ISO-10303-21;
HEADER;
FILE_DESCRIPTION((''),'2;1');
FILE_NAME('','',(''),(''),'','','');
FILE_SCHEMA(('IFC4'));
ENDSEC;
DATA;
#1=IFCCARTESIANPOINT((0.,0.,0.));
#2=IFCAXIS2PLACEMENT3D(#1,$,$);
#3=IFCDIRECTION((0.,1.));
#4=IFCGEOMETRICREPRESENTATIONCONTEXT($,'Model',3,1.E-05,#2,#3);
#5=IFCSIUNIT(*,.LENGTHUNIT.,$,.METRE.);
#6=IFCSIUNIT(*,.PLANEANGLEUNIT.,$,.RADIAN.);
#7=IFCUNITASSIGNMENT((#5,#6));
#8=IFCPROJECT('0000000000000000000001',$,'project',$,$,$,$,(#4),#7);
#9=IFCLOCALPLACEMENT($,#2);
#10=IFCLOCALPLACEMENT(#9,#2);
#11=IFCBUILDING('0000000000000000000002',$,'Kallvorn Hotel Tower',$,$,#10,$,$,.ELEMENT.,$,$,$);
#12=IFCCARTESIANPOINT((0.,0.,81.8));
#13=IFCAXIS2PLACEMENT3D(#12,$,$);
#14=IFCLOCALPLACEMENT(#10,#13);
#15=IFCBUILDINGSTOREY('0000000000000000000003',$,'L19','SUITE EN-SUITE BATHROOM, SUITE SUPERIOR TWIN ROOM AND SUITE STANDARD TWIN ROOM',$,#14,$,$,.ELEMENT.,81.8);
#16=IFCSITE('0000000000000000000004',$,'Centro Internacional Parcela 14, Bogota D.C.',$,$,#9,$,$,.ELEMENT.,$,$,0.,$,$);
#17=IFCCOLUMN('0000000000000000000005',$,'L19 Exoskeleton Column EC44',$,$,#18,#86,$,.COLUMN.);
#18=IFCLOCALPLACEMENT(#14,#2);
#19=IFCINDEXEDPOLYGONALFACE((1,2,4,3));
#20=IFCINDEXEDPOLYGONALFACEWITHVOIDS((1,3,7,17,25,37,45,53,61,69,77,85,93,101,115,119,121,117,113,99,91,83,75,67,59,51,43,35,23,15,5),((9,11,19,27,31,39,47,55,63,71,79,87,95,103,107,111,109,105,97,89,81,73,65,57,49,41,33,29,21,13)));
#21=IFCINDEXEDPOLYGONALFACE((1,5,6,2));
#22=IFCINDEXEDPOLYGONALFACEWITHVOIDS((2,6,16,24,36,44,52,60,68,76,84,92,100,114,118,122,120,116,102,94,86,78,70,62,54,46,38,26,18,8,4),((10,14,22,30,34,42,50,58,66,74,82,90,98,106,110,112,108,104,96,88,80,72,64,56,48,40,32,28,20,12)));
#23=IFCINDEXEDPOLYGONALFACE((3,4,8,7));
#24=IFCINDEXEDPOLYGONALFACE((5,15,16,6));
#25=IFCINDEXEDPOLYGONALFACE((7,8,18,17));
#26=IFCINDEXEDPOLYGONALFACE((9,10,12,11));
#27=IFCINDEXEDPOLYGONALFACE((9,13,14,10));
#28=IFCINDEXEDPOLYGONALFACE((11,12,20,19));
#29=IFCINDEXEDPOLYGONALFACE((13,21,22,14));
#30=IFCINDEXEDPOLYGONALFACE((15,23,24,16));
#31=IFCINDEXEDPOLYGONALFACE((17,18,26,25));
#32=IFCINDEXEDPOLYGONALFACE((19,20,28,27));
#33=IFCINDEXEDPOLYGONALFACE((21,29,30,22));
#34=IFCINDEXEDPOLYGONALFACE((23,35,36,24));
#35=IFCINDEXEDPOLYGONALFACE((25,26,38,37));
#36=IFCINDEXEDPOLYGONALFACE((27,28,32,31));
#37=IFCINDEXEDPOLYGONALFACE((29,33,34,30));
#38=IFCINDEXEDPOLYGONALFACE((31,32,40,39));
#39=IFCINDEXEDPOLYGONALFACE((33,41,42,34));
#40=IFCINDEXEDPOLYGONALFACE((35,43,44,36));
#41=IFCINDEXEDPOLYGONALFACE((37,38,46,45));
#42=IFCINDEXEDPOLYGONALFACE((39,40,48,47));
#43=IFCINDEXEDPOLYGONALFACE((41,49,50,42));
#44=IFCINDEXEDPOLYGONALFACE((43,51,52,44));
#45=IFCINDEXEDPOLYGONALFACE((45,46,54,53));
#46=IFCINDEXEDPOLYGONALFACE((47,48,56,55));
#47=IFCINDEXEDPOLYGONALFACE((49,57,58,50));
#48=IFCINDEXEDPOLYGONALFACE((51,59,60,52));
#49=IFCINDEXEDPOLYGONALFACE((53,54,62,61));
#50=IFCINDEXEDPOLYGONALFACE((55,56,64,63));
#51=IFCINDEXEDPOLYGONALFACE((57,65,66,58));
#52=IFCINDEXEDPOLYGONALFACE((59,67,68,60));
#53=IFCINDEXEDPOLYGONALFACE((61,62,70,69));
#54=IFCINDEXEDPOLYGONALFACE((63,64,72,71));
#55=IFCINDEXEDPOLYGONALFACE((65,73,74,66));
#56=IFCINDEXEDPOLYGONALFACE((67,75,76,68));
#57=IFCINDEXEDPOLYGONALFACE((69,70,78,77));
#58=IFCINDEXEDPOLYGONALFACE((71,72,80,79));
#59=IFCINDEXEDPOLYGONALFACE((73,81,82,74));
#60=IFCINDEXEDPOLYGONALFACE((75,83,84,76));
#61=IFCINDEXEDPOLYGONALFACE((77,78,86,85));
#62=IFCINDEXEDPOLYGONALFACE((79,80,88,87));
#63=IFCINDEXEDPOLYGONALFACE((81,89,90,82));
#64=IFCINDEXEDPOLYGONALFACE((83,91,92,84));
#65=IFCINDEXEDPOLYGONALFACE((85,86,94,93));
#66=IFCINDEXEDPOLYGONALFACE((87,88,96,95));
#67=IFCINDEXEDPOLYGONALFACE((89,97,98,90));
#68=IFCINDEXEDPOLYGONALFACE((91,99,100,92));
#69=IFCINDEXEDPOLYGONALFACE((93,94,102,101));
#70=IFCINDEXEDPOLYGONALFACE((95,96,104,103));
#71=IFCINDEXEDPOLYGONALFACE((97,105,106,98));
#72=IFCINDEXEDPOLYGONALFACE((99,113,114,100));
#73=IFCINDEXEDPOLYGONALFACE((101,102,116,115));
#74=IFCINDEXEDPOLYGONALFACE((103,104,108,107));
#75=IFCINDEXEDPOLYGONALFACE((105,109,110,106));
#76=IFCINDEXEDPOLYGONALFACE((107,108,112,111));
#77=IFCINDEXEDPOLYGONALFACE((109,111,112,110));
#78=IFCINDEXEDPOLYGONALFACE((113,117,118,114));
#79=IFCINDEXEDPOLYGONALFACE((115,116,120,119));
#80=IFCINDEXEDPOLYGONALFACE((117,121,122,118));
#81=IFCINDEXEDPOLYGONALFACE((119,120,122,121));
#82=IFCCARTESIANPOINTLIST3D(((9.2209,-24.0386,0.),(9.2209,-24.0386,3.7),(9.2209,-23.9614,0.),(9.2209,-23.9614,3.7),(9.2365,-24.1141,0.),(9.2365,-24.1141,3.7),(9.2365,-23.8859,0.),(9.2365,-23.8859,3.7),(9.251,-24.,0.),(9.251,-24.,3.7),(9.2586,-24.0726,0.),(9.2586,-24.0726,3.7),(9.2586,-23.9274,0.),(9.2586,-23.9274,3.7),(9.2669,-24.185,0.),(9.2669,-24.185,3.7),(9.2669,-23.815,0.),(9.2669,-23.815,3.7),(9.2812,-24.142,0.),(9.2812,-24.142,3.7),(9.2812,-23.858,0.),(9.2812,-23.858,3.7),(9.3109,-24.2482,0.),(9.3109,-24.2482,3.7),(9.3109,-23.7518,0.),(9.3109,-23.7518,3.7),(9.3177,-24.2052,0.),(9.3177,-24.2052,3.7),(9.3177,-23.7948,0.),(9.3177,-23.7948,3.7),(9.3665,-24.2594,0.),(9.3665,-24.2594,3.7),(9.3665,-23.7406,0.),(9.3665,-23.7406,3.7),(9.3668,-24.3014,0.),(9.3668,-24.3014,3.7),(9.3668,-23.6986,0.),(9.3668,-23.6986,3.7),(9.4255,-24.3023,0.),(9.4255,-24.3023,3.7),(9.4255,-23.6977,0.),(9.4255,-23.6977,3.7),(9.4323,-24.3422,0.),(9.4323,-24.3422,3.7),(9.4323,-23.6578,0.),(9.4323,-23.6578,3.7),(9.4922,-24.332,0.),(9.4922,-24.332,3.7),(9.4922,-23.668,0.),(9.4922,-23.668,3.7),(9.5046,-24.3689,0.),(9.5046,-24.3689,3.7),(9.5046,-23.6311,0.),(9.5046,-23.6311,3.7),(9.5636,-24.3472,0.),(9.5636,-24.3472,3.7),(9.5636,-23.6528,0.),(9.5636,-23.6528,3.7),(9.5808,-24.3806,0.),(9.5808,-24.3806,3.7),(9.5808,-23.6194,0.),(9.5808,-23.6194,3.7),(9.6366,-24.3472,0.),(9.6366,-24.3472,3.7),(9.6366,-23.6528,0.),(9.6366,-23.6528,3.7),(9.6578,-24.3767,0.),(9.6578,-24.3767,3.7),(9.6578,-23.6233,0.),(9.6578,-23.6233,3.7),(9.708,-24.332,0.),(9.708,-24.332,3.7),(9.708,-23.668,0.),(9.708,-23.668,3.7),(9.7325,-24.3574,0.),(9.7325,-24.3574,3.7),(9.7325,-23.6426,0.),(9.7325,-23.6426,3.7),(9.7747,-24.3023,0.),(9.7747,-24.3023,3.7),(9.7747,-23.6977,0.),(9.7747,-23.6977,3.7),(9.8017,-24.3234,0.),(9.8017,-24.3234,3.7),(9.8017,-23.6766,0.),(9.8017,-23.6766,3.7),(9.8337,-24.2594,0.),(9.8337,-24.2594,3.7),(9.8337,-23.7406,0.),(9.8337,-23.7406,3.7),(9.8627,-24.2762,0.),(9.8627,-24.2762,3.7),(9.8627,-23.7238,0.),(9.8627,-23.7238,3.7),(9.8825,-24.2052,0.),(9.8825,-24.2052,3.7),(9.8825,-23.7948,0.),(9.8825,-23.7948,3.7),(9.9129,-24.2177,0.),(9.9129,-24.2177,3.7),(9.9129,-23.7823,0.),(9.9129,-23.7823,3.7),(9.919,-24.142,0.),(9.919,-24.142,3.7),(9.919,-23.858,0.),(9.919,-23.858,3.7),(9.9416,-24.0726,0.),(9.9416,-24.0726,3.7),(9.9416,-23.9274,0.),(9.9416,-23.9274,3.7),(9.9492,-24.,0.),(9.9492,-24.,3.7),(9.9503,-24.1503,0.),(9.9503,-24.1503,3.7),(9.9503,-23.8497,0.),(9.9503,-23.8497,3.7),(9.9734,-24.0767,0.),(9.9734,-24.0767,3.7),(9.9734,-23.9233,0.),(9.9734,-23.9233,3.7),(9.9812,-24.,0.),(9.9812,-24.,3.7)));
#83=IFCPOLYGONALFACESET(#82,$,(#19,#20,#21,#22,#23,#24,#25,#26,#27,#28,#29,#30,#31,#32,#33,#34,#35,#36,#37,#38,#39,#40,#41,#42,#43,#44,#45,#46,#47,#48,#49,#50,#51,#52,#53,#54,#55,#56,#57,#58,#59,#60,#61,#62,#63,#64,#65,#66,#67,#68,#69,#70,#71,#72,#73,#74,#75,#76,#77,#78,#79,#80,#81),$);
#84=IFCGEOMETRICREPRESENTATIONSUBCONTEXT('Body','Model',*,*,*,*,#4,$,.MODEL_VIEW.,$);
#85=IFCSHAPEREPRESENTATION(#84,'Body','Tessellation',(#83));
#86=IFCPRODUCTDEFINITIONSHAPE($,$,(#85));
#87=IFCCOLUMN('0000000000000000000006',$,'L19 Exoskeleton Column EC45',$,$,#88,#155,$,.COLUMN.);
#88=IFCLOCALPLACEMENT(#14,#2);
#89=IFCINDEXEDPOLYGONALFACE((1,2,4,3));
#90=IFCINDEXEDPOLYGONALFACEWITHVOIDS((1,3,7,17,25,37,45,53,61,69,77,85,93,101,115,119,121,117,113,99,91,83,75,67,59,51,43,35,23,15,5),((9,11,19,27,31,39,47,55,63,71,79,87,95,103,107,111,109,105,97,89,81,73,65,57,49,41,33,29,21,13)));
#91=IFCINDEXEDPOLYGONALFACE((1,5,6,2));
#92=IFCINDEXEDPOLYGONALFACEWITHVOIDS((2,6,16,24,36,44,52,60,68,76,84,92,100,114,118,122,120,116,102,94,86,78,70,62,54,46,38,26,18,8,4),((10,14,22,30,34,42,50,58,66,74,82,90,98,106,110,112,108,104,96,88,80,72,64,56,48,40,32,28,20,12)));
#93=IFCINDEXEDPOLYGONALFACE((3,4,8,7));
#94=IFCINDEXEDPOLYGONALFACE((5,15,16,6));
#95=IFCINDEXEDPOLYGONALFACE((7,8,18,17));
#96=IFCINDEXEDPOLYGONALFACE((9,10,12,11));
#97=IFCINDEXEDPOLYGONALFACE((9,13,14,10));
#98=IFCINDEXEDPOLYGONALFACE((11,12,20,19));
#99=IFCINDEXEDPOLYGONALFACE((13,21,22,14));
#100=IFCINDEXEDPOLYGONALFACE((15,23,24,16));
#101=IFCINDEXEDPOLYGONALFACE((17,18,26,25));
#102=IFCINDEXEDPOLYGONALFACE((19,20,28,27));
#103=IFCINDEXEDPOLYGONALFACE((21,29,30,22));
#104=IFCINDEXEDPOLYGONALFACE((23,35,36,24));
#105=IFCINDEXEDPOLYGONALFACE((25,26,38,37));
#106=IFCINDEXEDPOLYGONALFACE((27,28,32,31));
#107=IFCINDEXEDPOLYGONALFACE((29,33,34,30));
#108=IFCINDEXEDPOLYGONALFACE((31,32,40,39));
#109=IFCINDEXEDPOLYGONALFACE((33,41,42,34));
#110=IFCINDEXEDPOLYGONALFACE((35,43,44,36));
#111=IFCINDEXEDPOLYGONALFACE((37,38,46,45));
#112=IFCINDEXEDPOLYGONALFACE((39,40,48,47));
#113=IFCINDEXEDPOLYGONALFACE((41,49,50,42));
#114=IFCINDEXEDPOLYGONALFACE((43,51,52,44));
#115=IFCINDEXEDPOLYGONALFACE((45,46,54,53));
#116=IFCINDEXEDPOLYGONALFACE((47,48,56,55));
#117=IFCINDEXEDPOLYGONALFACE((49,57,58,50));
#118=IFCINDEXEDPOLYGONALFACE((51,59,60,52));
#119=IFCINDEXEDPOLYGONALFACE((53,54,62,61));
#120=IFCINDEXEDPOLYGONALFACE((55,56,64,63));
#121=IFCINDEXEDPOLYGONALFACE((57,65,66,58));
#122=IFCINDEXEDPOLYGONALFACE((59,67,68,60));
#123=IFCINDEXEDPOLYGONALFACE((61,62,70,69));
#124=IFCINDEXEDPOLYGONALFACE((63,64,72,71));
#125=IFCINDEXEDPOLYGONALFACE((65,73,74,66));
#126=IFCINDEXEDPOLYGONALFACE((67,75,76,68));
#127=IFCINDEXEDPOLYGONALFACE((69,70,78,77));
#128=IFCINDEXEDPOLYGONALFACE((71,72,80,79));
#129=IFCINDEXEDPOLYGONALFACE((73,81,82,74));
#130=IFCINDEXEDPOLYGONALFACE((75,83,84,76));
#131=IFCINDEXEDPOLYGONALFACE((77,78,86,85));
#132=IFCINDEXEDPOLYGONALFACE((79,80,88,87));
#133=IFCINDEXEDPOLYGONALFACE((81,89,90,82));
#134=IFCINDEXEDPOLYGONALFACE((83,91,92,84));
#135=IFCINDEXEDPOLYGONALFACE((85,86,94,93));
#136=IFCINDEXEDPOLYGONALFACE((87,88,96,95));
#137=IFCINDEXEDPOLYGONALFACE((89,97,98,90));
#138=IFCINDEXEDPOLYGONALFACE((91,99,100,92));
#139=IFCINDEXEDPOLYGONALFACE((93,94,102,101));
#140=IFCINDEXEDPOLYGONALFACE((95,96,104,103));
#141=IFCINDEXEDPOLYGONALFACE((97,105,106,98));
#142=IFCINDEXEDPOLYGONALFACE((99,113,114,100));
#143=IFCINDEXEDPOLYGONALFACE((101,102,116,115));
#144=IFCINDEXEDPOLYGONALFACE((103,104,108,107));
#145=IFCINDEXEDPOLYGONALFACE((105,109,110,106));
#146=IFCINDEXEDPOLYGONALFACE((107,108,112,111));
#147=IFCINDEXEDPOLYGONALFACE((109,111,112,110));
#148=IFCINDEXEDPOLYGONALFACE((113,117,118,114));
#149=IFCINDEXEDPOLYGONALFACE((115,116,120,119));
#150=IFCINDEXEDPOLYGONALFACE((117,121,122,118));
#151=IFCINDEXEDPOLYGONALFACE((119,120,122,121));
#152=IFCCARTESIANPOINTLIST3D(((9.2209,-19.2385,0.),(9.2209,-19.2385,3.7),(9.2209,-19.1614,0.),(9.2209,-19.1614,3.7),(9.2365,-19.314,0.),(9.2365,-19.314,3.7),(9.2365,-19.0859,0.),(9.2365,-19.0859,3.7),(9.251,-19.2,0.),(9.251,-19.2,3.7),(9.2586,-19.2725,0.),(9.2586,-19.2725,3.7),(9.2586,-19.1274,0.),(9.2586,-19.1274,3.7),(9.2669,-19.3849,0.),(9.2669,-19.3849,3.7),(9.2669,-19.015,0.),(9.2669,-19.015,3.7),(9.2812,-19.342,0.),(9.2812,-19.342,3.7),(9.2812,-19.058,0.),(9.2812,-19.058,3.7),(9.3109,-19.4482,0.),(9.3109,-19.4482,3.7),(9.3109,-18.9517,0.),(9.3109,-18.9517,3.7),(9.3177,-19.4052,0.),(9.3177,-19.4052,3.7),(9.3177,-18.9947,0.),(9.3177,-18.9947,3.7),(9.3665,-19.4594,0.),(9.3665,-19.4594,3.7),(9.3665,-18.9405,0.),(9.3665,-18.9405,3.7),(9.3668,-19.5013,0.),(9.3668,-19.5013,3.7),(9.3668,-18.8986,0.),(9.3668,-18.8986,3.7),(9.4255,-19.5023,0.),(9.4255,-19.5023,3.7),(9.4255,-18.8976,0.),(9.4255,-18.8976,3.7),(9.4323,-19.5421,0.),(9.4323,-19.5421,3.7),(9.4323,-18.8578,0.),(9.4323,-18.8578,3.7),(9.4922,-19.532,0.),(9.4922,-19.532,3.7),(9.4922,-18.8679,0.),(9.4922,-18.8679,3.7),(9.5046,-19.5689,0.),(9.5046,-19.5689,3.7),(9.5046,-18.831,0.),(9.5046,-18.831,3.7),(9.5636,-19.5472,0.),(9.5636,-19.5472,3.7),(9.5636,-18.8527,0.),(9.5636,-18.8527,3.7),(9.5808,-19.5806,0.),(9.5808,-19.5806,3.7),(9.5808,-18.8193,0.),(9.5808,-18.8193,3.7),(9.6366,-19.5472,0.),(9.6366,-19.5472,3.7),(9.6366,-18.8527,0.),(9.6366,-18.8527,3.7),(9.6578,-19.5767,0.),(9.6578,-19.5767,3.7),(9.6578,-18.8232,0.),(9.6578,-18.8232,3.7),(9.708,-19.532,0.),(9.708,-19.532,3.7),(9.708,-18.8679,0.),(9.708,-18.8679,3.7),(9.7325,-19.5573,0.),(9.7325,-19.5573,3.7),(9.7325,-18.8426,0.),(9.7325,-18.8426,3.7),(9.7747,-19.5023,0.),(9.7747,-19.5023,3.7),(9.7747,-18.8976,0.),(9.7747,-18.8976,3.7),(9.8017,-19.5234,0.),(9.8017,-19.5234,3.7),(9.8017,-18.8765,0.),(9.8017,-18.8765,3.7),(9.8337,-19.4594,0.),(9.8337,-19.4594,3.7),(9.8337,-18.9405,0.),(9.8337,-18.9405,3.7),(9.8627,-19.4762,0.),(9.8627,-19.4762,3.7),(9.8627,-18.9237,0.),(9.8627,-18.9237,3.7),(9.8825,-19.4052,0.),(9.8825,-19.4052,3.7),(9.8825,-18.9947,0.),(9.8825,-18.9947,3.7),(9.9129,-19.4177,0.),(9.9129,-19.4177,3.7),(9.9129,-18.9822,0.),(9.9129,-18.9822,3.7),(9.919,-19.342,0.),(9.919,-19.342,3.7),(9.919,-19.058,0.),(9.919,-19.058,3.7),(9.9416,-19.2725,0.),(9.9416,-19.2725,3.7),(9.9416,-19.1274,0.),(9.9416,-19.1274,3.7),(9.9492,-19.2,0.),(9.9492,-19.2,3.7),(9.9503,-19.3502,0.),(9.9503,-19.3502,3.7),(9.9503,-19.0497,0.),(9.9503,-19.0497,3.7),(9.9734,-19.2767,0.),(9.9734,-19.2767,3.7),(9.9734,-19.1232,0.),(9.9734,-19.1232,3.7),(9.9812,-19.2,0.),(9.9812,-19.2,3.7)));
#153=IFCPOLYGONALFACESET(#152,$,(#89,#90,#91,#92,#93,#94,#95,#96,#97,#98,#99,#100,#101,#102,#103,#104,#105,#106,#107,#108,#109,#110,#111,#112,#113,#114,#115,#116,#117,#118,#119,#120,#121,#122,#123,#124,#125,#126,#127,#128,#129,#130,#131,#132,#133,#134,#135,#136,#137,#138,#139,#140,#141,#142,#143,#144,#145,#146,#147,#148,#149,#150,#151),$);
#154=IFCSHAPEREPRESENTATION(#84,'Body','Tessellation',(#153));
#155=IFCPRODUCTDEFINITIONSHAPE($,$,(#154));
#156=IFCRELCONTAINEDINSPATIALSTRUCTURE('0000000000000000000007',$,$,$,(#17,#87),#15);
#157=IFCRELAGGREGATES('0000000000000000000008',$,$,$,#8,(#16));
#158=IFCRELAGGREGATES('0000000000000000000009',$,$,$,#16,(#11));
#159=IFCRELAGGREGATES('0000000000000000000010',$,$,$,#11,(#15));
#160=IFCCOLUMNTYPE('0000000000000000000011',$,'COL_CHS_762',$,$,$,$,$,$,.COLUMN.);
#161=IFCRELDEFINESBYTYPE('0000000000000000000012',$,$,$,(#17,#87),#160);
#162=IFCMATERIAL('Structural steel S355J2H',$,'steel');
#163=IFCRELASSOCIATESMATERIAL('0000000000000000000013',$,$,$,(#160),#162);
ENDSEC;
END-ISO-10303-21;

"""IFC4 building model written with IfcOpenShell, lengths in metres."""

from ifc_helpers import new_model, si_unit, direction, frame, origin, origin_2d, place, context, subcontext, project, spatial, hollow_circle, extrude, material, material_profile, profile_set, type_object, element, save


model = new_model("IFC4")

# Units and contexts
model_context = context("Model", 3, precision=1e-05, world=origin(), true_north=direction((0.0, 1.0)))
body_context = subcontext(model_context, "Body", "Model", "MODEL_VIEW")
ifc_project = project(units=[si_unit("LENGTHUNIT", "METRE"), si_unit("PLANEANGLEUNIT", "RADIAN")], contexts=[model_context])

# Site, building, storey
site_placement = place(None, origin())
site = spatial("IfcSite", under=ifc_project, at=site_placement, Name="Centro Internacional Parcela 14, Bogota D.C.", CompositionType="ELEMENT", RefElevation=0.0)
building_placement = place(site_placement, origin())
building = spatial("IfcBuilding", under=site, at=building_placement, Name="Kallvorn Hotel Tower", CompositionType="ELEMENT")
storey_placement = place(building_placement, frame((0.0, 0.0, 81.8)))
storey = spatial("IfcBuildingStorey", under=building, at=storey_placement, Name="L19", Description="SUITE EN-SUITE BATHROOM, SUITE SUPERIOR TWIN ROOM AND SUITE STANDARD TWIN ROOM", CompositionType="ELEMENT", Elevation=81.8)

# Columns
ifc_material_1 = material(Name="Structural steel S355J2H", Category="steel")
ifc_material_profile_1 = material_profile(ifc_material_1, hollow_circle(Radius=0.3811, WallThickness=0.032, at=origin_2d()), Name="CHS 762x32")
ifc_profile_set_1 = profile_set([ifc_material_profile_1], Name="Structural steel S355J2H")
column_type_1 = type_object("IfcColumnType", Name="COL_CHS_762", PredefinedType="COLUMN", material=ifc_profile_set_1)
for number, where, z_axis, x_axis, name in (
    (1, (9.6001, -24.0, 0.0), (0.0, 0.0, 1.0), (1.0, 0.0, 0.0), "L19 Exoskeleton Column EC44"),
    (2, (9.6001, -19.2, 0.0), (0.0, 0.0, 1.0), (1.0, 0.0, 0.0), "L19 Exoskeleton Column EC45"),
):
    element("IfcColumn", number, at=place(storey_placement, frame(where, z_axis=z_axis, x_axis=x_axis)), inside=storey, type_object=column_type_1, Name=name, PredefinedType="COLUMN", context=body_context, shape_type="SweptSolid", body=[
        extrude(hollow_circle(Radius=0.3811, WallThickness=0.032, at=origin_2d()), origin(), (0.0, 0.0, 1.0), 3.7),
    ])

save(model, "model.ifc")
